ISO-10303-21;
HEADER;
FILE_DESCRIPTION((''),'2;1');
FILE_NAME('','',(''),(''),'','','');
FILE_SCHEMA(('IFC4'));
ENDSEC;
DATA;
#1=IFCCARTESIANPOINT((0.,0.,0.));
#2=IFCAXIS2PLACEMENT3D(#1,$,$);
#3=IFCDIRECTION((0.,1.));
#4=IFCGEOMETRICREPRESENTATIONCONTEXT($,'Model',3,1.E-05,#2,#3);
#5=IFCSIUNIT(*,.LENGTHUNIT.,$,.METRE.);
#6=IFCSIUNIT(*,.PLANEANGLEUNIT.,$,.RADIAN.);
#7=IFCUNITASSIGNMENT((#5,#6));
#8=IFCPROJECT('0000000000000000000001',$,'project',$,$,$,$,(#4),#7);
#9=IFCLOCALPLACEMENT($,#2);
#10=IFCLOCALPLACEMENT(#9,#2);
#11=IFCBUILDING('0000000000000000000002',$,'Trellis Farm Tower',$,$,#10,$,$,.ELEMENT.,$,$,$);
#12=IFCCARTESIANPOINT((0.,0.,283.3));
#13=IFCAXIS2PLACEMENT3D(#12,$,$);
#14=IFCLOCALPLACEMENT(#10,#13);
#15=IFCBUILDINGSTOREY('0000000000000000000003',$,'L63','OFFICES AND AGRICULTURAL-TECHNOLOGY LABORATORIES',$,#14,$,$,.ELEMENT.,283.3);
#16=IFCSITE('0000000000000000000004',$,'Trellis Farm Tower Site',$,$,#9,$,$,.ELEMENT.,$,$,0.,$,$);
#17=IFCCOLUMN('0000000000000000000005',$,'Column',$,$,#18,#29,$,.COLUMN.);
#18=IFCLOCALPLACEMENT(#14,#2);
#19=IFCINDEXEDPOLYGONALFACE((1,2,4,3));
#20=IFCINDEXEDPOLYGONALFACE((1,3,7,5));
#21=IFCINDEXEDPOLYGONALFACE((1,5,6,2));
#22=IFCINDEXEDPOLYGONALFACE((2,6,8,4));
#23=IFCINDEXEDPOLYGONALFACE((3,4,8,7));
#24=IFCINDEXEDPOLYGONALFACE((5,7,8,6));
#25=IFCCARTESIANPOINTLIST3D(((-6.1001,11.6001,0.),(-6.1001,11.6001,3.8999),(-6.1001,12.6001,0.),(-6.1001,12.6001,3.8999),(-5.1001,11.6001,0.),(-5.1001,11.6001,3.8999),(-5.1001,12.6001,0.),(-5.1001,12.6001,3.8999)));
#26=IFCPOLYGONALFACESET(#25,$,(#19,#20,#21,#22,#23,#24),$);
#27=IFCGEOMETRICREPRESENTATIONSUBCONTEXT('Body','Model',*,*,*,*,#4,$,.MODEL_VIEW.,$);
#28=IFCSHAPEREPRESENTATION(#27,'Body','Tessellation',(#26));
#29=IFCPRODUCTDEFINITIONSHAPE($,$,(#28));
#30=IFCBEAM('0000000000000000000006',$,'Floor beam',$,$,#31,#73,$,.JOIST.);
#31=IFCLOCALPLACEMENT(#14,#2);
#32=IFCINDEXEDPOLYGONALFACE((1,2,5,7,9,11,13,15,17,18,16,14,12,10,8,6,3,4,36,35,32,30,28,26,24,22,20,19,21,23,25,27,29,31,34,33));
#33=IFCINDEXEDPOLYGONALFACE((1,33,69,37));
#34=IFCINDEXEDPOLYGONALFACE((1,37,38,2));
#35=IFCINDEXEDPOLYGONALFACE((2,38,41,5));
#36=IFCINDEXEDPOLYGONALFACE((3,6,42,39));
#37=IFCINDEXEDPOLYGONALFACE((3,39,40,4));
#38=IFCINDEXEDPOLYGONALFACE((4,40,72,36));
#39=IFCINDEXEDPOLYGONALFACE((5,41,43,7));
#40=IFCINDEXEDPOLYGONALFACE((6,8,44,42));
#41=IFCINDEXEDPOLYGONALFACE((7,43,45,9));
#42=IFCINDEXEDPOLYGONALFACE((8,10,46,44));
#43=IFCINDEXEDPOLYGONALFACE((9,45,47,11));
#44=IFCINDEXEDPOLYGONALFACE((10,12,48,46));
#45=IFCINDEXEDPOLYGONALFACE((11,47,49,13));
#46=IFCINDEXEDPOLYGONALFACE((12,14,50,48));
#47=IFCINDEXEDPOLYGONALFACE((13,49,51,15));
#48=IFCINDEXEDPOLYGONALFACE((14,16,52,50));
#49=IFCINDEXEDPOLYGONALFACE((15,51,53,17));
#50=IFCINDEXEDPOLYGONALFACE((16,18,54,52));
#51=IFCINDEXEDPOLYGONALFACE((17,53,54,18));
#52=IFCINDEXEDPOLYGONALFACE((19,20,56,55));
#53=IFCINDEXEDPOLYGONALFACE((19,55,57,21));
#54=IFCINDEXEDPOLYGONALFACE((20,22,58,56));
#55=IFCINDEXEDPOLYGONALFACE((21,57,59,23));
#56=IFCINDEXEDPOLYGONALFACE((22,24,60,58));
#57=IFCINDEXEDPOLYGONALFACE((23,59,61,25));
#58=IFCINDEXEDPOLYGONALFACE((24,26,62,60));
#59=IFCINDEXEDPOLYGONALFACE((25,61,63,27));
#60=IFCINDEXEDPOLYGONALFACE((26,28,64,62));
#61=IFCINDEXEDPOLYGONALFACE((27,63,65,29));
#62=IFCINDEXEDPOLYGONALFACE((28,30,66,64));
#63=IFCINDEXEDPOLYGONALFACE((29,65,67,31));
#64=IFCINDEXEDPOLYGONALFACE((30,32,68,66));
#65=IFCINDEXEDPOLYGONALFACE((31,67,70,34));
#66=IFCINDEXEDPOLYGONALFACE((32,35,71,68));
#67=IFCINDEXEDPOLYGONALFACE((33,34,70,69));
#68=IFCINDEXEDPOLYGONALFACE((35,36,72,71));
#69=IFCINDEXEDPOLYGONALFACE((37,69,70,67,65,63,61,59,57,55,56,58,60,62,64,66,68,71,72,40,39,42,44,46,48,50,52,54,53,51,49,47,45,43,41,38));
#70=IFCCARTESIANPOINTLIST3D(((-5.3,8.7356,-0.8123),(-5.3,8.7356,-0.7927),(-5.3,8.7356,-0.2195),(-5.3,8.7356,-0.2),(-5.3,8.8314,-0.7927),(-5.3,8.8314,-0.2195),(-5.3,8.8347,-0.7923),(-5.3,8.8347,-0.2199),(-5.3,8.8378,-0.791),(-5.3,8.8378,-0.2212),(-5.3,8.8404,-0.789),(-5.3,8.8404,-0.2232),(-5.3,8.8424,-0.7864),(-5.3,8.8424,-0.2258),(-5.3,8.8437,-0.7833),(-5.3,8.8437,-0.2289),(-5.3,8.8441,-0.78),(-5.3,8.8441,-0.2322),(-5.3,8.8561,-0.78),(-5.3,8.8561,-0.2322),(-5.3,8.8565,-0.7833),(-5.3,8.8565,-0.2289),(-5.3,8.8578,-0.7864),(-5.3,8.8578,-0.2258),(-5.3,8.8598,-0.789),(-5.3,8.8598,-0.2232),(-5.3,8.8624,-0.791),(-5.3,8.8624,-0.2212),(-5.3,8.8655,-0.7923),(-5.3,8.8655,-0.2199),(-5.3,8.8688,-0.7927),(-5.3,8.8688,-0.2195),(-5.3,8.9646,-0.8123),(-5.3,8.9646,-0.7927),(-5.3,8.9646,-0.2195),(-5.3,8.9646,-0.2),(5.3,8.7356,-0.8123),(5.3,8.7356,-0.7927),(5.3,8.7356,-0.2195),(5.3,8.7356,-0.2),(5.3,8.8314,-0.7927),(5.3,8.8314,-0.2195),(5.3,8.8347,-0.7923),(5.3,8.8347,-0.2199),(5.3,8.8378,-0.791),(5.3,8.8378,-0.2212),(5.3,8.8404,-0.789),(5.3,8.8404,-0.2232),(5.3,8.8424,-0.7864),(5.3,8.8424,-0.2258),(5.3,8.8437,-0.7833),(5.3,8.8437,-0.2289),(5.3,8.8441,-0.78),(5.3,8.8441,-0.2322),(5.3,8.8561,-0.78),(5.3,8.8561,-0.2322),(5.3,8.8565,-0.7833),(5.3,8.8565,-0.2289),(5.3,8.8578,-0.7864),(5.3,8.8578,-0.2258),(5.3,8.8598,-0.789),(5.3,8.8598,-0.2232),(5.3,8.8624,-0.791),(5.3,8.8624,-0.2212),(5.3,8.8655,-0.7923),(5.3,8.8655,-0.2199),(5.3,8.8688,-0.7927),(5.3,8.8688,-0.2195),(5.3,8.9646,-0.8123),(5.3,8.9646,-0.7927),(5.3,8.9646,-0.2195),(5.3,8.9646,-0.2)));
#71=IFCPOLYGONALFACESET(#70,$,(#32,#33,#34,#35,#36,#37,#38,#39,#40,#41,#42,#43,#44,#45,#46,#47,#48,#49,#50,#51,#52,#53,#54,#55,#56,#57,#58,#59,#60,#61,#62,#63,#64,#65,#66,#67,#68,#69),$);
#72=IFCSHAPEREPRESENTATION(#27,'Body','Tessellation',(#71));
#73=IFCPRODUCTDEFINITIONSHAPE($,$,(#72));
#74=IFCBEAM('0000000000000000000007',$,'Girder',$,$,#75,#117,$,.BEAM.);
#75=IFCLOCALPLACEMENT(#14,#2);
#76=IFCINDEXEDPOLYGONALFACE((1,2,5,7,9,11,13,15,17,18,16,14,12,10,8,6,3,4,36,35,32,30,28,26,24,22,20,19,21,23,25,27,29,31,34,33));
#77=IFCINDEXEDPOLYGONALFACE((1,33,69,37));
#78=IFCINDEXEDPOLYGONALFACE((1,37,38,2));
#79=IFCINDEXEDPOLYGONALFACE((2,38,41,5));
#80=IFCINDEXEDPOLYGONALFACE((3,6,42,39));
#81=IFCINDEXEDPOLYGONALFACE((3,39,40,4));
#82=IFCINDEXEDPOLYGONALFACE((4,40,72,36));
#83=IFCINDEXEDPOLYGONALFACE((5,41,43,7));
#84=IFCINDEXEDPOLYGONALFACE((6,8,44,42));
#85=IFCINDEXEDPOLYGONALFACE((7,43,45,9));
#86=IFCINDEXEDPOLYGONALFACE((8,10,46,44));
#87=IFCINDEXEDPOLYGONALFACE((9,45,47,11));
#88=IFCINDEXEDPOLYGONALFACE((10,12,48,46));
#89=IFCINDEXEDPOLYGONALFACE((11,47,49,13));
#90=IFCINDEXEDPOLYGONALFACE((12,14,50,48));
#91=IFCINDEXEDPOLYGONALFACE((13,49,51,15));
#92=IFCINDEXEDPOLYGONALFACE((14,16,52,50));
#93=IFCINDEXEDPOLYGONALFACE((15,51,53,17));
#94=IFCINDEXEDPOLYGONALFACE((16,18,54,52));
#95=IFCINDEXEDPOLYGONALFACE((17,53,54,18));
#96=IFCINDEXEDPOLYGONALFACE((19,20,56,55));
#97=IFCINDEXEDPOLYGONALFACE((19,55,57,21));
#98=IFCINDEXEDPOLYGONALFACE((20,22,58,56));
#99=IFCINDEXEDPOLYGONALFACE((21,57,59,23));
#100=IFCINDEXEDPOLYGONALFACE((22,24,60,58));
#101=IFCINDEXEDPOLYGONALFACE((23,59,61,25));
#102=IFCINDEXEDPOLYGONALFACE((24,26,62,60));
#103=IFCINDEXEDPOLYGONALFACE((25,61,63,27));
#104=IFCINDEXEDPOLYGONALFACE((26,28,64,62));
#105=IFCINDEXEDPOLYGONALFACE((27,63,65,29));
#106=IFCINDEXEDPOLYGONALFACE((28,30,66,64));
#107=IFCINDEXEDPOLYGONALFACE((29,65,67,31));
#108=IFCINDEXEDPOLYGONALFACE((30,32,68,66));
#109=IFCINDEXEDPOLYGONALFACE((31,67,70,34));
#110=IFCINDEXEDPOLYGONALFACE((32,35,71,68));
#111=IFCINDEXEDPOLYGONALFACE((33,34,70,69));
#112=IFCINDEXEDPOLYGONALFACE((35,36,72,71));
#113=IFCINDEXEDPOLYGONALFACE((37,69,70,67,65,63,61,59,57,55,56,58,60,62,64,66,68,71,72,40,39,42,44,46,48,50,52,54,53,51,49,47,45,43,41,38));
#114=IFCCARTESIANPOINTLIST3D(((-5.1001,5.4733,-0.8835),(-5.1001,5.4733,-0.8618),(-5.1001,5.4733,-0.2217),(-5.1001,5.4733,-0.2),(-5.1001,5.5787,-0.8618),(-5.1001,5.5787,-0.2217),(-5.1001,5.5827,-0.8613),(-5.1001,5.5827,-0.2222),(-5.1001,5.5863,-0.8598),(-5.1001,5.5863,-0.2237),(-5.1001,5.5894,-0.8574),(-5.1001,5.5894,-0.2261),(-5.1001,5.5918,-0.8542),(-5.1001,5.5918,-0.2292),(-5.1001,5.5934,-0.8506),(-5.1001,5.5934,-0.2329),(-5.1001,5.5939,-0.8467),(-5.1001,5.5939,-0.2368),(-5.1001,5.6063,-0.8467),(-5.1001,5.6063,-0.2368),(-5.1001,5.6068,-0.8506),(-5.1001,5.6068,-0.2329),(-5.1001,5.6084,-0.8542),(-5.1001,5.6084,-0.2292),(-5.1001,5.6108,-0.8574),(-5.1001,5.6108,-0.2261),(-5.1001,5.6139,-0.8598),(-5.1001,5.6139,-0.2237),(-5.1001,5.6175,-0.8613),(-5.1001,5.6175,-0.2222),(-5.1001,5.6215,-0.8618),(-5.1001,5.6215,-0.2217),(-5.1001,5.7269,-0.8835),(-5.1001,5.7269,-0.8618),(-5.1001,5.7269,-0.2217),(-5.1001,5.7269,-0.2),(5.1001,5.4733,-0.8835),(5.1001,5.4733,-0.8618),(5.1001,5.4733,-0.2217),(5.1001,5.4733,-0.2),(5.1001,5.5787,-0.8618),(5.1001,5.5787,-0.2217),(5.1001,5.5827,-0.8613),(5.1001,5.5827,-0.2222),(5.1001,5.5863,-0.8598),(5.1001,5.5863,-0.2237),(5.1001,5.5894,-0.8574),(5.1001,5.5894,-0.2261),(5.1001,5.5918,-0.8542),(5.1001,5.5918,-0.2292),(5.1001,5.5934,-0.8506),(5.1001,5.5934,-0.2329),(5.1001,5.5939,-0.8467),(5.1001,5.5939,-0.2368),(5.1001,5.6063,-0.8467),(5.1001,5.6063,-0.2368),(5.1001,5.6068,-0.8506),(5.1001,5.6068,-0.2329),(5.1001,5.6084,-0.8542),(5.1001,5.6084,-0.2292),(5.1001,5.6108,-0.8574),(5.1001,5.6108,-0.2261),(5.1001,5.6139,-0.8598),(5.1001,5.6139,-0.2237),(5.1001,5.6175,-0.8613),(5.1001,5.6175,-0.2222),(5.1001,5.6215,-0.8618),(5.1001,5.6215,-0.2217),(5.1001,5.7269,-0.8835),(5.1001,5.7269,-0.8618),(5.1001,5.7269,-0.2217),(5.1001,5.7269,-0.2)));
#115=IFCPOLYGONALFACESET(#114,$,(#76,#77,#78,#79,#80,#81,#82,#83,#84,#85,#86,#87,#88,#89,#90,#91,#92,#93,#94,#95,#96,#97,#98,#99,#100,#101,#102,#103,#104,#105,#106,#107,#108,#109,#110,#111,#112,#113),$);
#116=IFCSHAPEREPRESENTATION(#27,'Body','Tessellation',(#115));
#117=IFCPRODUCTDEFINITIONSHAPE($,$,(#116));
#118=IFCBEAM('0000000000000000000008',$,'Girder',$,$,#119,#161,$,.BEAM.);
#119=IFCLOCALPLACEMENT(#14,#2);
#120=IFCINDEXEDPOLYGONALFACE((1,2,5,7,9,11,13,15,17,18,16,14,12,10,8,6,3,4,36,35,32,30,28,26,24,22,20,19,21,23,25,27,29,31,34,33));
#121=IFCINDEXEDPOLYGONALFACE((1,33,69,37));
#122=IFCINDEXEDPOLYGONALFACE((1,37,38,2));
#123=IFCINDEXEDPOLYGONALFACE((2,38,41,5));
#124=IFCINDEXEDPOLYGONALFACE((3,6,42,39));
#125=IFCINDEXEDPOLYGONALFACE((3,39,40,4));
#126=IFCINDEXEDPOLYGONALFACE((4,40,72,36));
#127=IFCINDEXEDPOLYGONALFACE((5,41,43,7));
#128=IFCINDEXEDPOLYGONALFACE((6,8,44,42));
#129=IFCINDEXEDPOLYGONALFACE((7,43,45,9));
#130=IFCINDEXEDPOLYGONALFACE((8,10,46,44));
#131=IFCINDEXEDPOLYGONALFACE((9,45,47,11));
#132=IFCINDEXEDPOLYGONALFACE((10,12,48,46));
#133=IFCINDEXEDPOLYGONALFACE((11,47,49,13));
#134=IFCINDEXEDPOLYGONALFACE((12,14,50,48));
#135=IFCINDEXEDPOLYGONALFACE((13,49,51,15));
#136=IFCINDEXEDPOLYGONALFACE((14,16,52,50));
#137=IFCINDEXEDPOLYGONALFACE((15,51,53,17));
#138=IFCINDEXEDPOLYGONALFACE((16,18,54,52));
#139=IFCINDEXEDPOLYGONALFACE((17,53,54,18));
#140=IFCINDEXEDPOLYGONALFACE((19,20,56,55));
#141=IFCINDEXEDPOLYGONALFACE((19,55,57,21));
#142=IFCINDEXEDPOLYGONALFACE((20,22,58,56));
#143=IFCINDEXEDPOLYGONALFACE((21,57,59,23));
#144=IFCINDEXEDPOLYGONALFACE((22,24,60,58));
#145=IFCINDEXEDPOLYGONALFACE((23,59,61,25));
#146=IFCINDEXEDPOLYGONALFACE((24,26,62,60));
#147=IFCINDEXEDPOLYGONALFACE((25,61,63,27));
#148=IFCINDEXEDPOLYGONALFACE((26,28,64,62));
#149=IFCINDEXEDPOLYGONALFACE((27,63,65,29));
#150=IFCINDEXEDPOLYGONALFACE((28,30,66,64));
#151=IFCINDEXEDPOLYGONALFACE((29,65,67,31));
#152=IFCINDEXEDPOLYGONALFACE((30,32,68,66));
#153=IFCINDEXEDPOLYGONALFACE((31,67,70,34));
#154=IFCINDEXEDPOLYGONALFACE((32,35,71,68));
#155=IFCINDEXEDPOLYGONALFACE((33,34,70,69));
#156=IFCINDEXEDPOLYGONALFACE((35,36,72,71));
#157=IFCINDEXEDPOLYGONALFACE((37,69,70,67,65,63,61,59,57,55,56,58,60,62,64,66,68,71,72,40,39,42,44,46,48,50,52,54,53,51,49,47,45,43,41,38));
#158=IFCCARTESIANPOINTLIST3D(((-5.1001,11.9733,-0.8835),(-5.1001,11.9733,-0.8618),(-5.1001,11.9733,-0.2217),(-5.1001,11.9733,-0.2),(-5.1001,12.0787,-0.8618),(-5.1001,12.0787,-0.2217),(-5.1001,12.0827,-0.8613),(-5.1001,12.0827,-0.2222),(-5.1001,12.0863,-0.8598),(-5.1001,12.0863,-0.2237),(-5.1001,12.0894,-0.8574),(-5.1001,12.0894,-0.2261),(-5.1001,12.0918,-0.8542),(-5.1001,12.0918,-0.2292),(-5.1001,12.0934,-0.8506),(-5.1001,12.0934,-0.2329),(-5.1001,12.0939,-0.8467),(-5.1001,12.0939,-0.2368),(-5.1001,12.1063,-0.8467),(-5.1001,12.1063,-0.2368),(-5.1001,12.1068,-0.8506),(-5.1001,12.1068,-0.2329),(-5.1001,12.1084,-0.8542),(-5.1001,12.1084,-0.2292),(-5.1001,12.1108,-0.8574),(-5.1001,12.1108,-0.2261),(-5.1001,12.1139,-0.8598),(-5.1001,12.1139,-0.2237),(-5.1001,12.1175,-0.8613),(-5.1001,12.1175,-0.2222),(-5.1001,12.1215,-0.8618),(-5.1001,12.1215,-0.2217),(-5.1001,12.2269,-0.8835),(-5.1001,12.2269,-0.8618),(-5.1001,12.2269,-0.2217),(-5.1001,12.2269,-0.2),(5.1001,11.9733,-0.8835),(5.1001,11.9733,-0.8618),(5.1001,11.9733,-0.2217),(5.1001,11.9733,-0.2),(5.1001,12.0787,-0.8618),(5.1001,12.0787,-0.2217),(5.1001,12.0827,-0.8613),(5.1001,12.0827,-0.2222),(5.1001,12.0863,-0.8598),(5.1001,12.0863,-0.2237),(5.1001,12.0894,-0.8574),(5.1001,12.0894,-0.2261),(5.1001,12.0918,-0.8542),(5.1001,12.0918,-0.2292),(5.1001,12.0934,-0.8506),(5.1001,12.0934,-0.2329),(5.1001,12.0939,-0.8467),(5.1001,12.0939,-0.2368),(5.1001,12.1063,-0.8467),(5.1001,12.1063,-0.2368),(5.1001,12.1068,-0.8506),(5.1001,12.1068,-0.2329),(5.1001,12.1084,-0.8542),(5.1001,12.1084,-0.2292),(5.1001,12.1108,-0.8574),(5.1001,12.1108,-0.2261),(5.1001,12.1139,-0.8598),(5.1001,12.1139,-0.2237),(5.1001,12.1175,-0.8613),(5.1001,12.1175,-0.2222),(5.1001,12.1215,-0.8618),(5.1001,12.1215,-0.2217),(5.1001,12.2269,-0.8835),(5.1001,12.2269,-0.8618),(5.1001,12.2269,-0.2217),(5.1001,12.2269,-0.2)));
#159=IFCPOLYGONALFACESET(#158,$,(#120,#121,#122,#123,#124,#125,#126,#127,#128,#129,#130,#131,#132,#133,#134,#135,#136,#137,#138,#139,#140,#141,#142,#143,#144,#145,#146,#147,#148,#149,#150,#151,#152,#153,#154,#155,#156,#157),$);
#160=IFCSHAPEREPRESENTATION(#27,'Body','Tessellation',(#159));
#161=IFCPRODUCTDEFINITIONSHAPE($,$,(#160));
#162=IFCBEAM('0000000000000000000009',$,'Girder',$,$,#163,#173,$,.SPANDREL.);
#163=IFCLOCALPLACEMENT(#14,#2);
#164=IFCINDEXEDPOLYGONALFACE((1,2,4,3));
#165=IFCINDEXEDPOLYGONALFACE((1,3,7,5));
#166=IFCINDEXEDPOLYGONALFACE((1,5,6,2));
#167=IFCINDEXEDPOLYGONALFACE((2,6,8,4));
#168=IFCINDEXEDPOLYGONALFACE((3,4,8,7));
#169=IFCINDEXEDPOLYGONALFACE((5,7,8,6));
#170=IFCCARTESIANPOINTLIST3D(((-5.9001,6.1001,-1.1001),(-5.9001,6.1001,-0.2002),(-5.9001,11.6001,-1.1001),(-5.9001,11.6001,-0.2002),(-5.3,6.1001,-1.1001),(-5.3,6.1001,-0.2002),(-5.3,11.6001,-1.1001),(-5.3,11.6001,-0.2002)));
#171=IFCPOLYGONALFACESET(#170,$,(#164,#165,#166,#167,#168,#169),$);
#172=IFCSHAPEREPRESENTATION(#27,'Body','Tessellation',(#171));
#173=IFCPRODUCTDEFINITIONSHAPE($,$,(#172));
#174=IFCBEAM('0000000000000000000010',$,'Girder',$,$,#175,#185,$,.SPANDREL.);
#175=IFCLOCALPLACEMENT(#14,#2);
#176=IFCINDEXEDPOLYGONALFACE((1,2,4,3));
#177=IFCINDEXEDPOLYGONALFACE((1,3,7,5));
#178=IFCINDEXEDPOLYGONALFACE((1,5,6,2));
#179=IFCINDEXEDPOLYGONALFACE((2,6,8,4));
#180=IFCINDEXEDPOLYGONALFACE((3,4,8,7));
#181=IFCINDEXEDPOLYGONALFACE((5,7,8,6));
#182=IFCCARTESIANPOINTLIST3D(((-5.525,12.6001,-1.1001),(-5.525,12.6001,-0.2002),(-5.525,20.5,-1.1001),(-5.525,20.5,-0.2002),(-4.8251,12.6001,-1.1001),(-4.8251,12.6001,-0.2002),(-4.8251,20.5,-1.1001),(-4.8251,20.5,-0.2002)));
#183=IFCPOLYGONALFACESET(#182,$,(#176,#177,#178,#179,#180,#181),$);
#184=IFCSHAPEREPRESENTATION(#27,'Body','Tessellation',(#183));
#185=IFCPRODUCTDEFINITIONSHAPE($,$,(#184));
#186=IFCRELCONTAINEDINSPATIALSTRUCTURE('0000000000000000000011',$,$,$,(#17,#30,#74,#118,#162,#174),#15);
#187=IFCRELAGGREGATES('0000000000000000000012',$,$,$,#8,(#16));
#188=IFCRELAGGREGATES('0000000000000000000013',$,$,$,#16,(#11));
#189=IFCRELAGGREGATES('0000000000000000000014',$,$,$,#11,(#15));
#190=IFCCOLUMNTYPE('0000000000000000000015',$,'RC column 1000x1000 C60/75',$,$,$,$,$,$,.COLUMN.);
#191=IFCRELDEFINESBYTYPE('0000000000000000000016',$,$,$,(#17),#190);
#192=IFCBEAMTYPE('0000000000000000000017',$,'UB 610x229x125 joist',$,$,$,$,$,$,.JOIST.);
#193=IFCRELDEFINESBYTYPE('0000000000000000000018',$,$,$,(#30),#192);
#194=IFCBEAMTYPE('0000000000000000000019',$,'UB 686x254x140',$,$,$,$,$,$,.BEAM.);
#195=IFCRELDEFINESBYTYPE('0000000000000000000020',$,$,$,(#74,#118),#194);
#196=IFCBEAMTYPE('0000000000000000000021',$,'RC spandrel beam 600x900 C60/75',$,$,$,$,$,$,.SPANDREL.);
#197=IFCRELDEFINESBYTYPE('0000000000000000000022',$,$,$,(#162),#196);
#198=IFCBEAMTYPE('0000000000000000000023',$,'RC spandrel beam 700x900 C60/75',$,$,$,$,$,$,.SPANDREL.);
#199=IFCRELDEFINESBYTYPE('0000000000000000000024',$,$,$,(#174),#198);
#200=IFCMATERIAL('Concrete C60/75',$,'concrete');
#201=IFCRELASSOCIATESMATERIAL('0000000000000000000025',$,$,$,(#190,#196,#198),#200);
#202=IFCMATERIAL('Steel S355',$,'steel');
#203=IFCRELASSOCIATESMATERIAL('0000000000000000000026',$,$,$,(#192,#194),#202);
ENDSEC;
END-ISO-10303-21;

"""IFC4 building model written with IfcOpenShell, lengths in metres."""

from ifc_helpers import new_model, si_unit, direction, frame, origin, origin_2d, place, context, subcontext, project, spatial, rectangle, i_section, extrude, source, transform, mapped, material, material_profile, profile_set, type_object, element, save


model = new_model("IFC4")

# Units and contexts
model_context = context("Model", 3, precision=1e-05, world=origin(), true_north=direction((0.0, 1.0)))
body_context = subcontext(model_context, "Body", "Model", "MODEL_VIEW")
ifc_project = project(units=[si_unit("LENGTHUNIT", "METRE"), si_unit("PLANEANGLEUNIT", "RADIAN")], contexts=[model_context])

# Site, building, storey
site_placement = place(None, origin())
site = spatial("IfcSite", under=ifc_project, at=site_placement, Name="Trellis Farm Tower Site", CompositionType="ELEMENT", RefElevation=0.0)
building_placement = place(site_placement, origin())
building = spatial("IfcBuilding", under=site, at=building_placement, Name="Trellis Farm Tower", CompositionType="ELEMENT")
storey_placement = place(building_placement, frame((0.0, 0.0, 283.3)))
storey = spatial("IfcBuildingStorey", under=building, at=storey_placement, Name="L63", Description="OFFICES AND AGRICULTURAL-TECHNOLOGY LABORATORIES", CompositionType="ELEMENT", Elevation=283.3)

# Column
ifc_material_1 = material(Name="Concrete C60/75", Category="concrete")
ifc_material_profile_1 = material_profile(ifc_material_1, rectangle(XDim=1.0, YDim=1.0, at=origin_2d()), Name="RC column 1000x1000 C60/75")
ifc_profile_set_1 = profile_set([ifc_material_profile_1], Name="Concrete C60/75")
column_type = type_object("IfcColumnType", Name="RC column 1000x1000 C60/75", PredefinedType="COLUMN", material=ifc_profile_set_1)
shared_shape_1 = source(origin(), body_context, "Body", "SweptSolid", [
    extrude(rectangle(XDim=1.0, YDim=1.0, at=origin_2d()), origin(), (0.0, 0.0, 1.0), 3.8999),
])
column_placement = place(storey_placement, frame((-5.6001, 12.1001, 0.0), z_axis=(0.0, 0.0, 1.0), x_axis=(1.0, 0.0, 0.0)))
element("IfcColumn", 1, at=column_placement, inside=storey, type_object=column_type, Name="Column", PredefinedType="COLUMN", context=body_context, shape_type="MappedRepresentation", body=[
    mapped(shared_shape_1, transform((0.0, 0.0, 0.0))),
])

# Beams
ifc_material_2 = material(Name="Steel S355", Category="steel")
ifc_material_profile_2 = material_profile(ifc_material_2, i_section(OverallWidth=0.229, OverallDepth=0.6123, WebThickness=0.012, FlangeThickness=0.0195, FilletRadius=0.0127, at=origin_2d()), Name="UB 610x229x125")
ifc_profile_set_2 = profile_set([ifc_material_profile_2], Name="Steel S355")
beam_type_1 = type_object("IfcBeamType", Name="UB 610x229x125 joist", PredefinedType="JOIST", material=ifc_profile_set_2)
shared_shape_2 = source(origin(), body_context, "Body", "SweptSolid", [
    extrude(i_section(OverallWidth=0.229, OverallDepth=0.6123, WebThickness=0.012, FlangeThickness=0.0195, FilletRadius=0.0127, at=origin_2d()), origin(), (0.0, 0.0, 1.0), 10.6001),
])
beam_1_placement = place(storey_placement, frame((-5.3, 8.8501, -0.5061), z_axis=(1.0, 0.0, 0.0), x_axis=(0.0, 1.0, 0.0)))
element("IfcBeam", 2, at=beam_1_placement, inside=storey, type_object=beam_type_1, Name="Floor beam", PredefinedType="JOIST", context=body_context, shape_type="MappedRepresentation", body=[
    mapped(shared_shape_2, transform((0.0, 0.0, 0.0))),
])
ifc_material_profile_3 = material_profile(ifc_material_2, i_section(OverallWidth=0.2537, OverallDepth=0.6836, WebThickness=0.0125, FlangeThickness=0.0217, FilletRadius=0.0151, at=origin_2d()), Name="UB 686x254x140")
ifc_profile_set_3 = profile_set([ifc_material_profile_3], Name="Steel S355")
beam_type_2 = type_object("IfcBeamType", Name="UB 686x254x140", PredefinedType="BEAM", material=ifc_profile_set_3)
shared_shape_3 = source(origin(), body_context, "Body", "SweptSolid", [
    extrude(i_section(OverallWidth=0.2537, OverallDepth=0.6836, WebThickness=0.0125, FlangeThickness=0.0217, FilletRadius=0.0151, at=origin_2d()), origin(), (0.0, 0.0, 1.0), 10.2002),
])
for number, where, z_axis, x_axis, name in (
    (3, (-5.1001, 5.6001, -0.5417), (1.0, 0.0, 0.0), (0.0, 1.0, 0.0), "Girder"),
    (4, (-5.1001, 12.1001, -0.5417), (1.0, 0.0, 0.0), (0.0, 1.0, 0.0), "Girder"),
):
    element("IfcBeam", number, at=place(storey_placement, frame(where, z_axis=z_axis, x_axis=x_axis)), inside=storey, type_object=beam_type_2, Name=name, PredefinedType="BEAM", context=body_context, shape_type="MappedRepresentation", body=[
        mapped(shared_shape_3, transform((0.0, 0.0, 0.0))),
    ])
ifc_material_profile_4 = material_profile(ifc_material_1, rectangle(XDim=0.6001, YDim=0.8999, at=origin_2d()), Name="RC spandrel beam 600x900 C60/75")
ifc_profile_set_4 = profile_set([ifc_material_profile_4], Name="Concrete C60/75")
beam_type_3 = type_object("IfcBeamType", Name="RC spandrel beam 600x900 C60/75", PredefinedType="SPANDREL", material=ifc_profile_set_4)
shared_shape_4 = source(origin(), body_context, "Body", "SweptSolid", [
    extrude(rectangle(XDim=0.6001, YDim=0.8999, at=origin_2d()), origin(), (0.0, 0.0, 1.0), 5.5),
])
beam_2_placement = place(storey_placement, frame((-5.6001, 6.1001, -0.6501), z_axis=(0.0, 1.0, 0.0), x_axis=(-1.0, 0.0, 0.0)))
element("IfcBeam", 5, at=beam_2_placement, inside=storey, type_object=beam_type_3, Name="Girder", PredefinedType="SPANDREL", context=body_context, shape_type="MappedRepresentation", body=[
    mapped(shared_shape_4, transform((0.0, 0.0, 0.0))),
])
ifc_material_profile_5 = material_profile(ifc_material_1, rectangle(XDim=0.7, YDim=0.8999, at=origin_2d()), Name="RC spandrel beam 700x900 C60/75")
ifc_profile_set_5 = profile_set([ifc_material_profile_5], Name="Concrete C60/75")
beam_type_4 = type_object("IfcBeamType", Name="RC spandrel beam 700x900 C60/75", PredefinedType="SPANDREL", material=ifc_profile_set_5)
shared_shape_5 = source(origin(), body_context, "Body", "SweptSolid", [
    extrude(rectangle(XDim=0.7, YDim=0.8999, at=origin_2d()), origin(), (0.0, 0.0, 1.0), 7.8999),
])
beam_3_placement = place(storey_placement, frame((-5.175, 12.6001, -0.6501), z_axis=(0.0, 1.0, 0.0), x_axis=(-1.0, 0.0, 0.0)))
element("IfcBeam", 6, at=beam_3_placement, inside=storey, type_object=beam_type_4, Name="Girder", PredefinedType="SPANDREL", context=body_context, shape_type="MappedRepresentation", body=[
    mapped(shared_shape_5, transform((0.0, 0.0, 0.0))),
])

save(model, "model.ifc")
